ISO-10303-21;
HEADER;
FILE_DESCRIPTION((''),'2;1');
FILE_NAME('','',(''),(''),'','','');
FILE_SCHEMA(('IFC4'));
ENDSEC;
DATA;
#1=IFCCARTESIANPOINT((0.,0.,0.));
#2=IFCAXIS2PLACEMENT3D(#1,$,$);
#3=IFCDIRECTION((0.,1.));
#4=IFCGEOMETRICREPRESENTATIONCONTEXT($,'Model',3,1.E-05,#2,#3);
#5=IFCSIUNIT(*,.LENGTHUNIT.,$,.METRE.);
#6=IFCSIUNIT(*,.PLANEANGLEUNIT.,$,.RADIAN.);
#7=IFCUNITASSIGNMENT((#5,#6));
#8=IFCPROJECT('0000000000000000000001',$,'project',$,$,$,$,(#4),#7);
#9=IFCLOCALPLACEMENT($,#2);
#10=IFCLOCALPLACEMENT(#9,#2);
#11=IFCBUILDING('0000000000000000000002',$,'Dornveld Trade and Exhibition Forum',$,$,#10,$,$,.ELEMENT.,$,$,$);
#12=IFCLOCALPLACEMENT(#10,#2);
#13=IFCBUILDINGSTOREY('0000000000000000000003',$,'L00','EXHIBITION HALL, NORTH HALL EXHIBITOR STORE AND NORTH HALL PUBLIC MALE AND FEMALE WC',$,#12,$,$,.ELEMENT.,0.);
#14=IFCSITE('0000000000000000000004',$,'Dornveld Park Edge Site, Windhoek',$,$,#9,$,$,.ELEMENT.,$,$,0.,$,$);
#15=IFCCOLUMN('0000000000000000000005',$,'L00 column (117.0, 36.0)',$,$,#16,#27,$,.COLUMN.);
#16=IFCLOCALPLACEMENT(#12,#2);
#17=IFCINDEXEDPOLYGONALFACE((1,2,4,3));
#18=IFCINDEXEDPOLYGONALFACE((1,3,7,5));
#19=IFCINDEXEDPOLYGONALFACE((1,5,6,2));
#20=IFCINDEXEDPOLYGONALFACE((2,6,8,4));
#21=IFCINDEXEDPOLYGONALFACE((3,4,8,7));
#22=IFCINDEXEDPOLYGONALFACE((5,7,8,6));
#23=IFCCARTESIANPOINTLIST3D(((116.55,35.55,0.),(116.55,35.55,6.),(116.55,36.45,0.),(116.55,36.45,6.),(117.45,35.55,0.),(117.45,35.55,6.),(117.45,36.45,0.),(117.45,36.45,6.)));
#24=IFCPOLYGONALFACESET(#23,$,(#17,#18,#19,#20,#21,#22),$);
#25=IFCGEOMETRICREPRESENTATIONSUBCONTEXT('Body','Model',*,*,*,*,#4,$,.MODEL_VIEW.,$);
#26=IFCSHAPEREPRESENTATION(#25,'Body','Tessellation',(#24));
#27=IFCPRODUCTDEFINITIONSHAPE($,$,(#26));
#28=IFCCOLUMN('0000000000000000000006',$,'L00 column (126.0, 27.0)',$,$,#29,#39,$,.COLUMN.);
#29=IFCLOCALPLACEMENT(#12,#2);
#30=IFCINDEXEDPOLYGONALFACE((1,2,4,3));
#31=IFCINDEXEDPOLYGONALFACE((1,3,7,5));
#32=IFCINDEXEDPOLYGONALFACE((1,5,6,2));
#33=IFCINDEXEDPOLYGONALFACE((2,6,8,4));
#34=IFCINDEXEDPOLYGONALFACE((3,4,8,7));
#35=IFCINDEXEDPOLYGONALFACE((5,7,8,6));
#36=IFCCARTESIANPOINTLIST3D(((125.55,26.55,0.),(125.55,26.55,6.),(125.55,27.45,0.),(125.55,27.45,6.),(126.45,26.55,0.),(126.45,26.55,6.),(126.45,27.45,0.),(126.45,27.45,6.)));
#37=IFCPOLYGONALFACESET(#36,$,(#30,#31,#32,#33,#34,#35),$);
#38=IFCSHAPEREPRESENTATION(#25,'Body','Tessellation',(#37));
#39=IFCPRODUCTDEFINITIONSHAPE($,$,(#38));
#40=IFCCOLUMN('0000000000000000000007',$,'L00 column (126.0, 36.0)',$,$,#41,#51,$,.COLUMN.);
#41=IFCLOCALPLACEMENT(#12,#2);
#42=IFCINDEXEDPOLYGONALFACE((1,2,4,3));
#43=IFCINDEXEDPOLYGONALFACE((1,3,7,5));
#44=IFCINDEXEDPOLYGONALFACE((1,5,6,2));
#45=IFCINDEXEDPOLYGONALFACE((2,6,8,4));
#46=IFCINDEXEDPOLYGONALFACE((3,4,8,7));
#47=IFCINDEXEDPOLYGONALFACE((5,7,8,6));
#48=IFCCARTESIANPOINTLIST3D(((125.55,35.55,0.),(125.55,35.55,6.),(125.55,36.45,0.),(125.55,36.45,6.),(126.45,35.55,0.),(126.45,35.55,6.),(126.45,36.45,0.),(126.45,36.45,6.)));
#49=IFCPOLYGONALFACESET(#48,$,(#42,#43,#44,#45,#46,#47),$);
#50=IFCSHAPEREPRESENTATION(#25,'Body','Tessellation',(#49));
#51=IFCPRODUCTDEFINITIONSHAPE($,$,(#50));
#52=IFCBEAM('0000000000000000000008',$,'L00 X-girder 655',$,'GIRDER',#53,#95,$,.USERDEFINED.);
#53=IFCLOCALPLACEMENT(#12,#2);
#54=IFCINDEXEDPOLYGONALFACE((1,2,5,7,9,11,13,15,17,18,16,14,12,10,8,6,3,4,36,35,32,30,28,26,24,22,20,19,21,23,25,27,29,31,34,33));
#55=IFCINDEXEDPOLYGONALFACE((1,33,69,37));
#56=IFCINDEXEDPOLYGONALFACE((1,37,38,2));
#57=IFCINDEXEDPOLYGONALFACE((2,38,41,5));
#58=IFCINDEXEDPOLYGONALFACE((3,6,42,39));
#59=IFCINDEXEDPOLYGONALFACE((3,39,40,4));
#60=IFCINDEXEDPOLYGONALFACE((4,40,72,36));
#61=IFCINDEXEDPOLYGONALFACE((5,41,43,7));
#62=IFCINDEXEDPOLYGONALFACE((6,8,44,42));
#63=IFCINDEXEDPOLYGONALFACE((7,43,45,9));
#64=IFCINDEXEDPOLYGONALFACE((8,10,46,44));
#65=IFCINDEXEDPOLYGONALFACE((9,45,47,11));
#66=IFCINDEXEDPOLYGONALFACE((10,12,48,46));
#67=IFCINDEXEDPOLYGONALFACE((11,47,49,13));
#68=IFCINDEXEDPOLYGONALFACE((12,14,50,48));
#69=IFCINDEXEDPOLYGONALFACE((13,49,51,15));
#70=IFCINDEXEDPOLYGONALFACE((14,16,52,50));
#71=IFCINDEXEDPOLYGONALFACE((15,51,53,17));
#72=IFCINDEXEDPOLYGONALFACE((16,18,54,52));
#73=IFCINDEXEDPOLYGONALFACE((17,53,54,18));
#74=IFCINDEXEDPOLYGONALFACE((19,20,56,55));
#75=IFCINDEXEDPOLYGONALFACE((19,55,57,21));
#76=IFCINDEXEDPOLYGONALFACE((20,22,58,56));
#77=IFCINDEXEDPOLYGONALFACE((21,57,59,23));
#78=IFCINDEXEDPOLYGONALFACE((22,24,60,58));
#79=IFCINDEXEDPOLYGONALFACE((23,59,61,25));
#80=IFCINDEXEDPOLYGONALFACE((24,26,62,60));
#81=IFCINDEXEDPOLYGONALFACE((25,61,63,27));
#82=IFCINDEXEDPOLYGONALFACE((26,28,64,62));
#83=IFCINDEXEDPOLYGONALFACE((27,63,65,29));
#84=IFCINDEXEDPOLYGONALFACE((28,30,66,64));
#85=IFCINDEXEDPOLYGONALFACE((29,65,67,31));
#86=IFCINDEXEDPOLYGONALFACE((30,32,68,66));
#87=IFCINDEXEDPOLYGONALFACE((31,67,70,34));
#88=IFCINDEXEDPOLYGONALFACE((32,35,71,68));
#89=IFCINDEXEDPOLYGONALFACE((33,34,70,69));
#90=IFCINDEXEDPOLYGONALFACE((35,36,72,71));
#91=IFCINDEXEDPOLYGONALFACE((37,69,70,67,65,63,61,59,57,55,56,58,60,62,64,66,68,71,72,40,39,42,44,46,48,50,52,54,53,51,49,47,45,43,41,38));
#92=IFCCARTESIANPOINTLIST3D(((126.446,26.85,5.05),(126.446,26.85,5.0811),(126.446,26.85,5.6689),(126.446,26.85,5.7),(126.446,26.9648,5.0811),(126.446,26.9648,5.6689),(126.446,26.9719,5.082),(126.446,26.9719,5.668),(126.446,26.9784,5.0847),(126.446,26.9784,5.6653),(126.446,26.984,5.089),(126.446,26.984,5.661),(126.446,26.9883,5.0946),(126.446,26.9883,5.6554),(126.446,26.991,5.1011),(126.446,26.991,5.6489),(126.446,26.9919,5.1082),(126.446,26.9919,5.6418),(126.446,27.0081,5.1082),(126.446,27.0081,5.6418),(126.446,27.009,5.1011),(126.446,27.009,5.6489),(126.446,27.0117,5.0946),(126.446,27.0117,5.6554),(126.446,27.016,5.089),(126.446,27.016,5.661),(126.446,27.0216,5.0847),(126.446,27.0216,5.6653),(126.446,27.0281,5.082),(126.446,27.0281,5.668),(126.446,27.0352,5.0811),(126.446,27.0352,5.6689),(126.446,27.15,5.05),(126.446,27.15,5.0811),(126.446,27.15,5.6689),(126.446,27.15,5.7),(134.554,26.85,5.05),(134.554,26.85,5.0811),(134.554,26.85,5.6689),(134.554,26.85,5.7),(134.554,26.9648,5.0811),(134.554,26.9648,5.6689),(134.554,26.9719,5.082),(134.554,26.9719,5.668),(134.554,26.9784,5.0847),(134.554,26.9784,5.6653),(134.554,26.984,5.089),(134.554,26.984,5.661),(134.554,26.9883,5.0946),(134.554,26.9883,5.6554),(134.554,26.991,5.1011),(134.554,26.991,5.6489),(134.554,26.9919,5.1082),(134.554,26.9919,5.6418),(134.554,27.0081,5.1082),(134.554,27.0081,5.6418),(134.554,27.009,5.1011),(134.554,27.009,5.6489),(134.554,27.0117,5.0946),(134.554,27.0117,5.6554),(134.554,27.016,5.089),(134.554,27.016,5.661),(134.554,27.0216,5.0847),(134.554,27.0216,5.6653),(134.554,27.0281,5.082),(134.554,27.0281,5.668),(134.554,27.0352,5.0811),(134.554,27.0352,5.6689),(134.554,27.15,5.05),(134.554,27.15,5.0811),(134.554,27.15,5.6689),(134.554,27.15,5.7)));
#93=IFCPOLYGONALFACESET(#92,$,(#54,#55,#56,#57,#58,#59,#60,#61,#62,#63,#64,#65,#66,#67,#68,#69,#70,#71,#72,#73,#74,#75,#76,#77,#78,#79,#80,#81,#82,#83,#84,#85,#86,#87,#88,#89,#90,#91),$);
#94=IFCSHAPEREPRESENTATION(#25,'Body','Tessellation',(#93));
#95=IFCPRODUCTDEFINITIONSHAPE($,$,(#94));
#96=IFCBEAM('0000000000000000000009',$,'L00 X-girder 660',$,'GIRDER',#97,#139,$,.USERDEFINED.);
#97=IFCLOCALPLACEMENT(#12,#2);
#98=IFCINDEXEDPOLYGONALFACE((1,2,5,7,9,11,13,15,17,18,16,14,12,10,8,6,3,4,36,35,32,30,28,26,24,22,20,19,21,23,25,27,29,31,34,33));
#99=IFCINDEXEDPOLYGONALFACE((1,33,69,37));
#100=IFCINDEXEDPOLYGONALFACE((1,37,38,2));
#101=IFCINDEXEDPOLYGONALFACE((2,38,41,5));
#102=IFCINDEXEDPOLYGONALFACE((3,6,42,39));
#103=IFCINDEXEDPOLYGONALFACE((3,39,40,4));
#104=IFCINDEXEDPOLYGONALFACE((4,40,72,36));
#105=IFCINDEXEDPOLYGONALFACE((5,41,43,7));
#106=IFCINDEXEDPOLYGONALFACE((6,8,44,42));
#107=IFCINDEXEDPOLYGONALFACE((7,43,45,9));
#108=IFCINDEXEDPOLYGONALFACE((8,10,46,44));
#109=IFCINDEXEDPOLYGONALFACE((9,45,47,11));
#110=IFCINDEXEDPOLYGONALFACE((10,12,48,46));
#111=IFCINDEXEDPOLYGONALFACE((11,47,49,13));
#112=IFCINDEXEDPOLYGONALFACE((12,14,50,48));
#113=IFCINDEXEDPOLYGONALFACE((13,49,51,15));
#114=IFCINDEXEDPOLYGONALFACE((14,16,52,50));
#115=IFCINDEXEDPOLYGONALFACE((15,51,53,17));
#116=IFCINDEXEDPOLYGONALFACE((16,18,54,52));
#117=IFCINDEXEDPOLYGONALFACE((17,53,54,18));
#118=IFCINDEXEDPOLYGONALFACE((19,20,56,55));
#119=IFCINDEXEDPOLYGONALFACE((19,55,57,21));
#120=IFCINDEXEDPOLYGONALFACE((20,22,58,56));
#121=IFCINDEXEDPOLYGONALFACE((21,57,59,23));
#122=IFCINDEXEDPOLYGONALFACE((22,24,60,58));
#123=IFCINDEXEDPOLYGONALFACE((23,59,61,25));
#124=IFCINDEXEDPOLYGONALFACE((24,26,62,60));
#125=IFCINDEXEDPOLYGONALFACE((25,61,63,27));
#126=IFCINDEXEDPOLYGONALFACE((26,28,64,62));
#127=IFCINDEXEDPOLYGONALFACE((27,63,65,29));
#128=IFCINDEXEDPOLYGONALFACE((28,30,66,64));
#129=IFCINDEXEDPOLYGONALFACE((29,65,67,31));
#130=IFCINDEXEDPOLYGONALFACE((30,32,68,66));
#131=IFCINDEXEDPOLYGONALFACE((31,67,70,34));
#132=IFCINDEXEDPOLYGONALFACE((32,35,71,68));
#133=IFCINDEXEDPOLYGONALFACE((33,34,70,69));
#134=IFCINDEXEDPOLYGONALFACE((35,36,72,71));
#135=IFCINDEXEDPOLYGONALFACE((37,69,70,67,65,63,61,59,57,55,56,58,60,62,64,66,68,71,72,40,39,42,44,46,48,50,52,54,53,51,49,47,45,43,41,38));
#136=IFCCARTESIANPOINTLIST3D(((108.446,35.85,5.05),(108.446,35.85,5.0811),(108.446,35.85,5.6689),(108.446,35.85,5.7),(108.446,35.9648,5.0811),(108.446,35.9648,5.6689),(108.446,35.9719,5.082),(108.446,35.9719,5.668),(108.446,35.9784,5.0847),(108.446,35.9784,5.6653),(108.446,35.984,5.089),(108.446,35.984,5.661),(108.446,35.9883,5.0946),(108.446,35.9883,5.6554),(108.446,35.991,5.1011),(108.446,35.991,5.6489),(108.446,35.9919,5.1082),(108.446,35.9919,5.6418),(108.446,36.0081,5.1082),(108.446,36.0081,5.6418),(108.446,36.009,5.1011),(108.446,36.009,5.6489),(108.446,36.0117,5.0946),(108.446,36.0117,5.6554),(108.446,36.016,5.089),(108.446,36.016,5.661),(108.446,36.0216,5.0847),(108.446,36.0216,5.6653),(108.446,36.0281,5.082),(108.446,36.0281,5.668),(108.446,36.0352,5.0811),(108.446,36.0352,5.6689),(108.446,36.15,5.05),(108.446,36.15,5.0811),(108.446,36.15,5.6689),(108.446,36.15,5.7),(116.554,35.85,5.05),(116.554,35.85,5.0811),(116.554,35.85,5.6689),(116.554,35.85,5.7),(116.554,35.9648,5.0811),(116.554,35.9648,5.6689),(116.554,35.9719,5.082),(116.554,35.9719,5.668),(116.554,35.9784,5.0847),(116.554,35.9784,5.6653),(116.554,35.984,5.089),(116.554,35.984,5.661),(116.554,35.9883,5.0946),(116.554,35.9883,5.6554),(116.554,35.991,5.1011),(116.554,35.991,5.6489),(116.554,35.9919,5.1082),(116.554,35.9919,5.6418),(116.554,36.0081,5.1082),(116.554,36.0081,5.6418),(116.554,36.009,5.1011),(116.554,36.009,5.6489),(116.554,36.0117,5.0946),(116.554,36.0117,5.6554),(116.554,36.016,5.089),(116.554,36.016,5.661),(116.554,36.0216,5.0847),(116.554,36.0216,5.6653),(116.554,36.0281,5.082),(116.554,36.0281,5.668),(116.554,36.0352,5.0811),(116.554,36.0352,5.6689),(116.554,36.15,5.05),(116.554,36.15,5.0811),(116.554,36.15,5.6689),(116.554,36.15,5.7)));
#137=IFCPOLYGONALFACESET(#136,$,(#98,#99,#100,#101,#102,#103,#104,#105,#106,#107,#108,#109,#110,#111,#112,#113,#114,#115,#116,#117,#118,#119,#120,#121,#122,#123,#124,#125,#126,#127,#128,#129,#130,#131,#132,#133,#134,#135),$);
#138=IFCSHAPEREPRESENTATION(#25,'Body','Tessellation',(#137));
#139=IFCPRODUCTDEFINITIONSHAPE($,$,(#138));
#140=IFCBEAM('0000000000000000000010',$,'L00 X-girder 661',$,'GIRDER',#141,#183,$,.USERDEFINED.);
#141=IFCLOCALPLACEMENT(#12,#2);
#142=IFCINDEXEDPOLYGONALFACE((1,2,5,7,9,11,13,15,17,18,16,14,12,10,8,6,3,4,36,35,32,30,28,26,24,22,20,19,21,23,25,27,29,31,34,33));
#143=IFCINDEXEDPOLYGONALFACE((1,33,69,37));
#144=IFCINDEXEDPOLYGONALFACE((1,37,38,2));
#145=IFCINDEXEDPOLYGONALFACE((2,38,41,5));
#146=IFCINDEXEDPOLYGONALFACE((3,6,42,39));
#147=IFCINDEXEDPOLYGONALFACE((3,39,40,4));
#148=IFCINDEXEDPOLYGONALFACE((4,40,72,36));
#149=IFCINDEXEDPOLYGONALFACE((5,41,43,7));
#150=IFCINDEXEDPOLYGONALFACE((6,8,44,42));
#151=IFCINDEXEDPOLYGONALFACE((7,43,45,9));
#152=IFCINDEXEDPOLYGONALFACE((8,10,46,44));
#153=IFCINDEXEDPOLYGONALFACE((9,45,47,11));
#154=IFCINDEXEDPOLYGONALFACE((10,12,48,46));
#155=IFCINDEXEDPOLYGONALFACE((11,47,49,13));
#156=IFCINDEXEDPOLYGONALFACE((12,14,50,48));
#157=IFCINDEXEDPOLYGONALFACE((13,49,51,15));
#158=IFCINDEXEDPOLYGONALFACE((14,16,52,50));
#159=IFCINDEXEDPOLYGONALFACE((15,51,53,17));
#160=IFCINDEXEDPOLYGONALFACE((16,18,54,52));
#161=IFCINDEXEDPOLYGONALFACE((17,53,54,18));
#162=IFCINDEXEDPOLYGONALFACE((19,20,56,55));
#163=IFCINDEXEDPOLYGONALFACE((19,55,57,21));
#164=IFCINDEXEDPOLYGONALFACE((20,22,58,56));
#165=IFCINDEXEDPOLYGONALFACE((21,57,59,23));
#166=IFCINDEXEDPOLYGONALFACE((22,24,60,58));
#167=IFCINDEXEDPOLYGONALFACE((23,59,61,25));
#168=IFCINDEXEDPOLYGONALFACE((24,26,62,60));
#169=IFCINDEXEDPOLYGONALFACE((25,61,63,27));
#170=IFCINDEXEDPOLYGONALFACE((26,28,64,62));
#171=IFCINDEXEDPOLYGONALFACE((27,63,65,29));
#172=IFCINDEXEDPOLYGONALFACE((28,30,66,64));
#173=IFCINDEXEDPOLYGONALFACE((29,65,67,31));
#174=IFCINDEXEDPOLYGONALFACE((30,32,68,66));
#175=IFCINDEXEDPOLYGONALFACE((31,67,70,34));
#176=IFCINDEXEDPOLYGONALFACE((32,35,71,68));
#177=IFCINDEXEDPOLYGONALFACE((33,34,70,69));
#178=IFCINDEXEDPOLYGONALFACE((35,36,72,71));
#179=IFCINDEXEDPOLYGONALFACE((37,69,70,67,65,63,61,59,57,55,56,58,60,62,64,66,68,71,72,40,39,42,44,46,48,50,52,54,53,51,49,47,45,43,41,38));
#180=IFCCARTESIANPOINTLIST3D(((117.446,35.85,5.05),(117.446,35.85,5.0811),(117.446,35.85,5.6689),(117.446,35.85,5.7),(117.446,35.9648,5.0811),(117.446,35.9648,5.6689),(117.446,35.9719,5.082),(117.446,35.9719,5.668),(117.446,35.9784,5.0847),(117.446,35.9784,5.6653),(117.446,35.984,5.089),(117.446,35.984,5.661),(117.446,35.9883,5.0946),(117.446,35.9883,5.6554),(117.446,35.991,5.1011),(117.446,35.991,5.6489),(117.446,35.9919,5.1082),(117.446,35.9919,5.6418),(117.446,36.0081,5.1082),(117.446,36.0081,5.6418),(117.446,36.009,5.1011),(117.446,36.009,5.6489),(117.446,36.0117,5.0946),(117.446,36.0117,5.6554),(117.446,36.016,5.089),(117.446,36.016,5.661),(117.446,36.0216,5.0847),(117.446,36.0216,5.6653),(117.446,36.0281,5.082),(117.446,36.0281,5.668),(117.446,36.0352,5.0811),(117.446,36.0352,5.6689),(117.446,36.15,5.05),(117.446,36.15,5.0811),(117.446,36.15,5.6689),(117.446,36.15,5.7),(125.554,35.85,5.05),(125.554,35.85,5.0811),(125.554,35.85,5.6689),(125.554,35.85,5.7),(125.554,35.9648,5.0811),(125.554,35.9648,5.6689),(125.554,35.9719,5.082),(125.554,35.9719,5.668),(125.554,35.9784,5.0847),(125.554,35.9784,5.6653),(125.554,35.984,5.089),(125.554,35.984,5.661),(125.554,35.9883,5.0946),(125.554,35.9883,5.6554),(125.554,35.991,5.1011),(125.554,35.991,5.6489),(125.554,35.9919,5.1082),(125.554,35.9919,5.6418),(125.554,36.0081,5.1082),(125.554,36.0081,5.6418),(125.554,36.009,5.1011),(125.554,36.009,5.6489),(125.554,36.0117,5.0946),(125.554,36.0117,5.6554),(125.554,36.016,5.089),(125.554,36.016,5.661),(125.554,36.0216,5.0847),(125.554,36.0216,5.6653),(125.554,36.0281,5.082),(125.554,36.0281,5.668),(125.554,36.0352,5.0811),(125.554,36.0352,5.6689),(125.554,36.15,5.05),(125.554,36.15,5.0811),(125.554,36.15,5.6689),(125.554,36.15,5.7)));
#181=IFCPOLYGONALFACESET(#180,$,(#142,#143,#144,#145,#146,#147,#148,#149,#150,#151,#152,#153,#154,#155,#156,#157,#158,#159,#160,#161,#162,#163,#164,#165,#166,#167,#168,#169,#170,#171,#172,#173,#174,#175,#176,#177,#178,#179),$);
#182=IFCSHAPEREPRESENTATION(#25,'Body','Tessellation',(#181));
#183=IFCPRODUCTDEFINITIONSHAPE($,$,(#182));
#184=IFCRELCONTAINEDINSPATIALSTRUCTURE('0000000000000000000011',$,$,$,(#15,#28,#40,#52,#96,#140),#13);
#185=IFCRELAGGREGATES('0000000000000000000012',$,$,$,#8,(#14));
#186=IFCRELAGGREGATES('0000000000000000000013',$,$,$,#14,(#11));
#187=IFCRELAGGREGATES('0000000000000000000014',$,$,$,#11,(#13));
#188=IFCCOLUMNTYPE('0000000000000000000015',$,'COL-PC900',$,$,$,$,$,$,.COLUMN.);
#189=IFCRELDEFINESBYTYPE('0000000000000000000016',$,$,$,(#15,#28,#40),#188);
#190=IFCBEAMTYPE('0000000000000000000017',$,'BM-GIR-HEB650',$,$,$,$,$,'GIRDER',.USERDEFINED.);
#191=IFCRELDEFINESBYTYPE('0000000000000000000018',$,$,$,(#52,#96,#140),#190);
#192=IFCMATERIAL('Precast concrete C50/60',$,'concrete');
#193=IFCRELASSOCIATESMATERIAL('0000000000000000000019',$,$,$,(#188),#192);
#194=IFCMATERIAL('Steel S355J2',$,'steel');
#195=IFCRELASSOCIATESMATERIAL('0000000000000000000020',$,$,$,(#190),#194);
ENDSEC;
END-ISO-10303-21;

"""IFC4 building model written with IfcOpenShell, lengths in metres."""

from ifc_helpers import new_model, si_unit, direction, frame, origin, origin_2d, place, context, subcontext, project, spatial, rectangle, i_section, extrude, material, material_profile, profile_set, type_object, element, save


model = new_model("IFC4")

# Units and contexts
model_context = context("Model", 3, precision=1e-05, world=origin(), true_north=direction((0.0, 1.0)))
body_context = subcontext(model_context, "Body", "Model", "MODEL_VIEW")
ifc_project = project(units=[si_unit("LENGTHUNIT", "METRE"), si_unit("PLANEANGLEUNIT", "RADIAN")], contexts=[model_context])

# Site, building, storey
site_placement = place(None, origin())
site = spatial("IfcSite", under=ifc_project, at=site_placement, Name="Dornveld Park Edge Site, Windhoek", CompositionType="ELEMENT", RefElevation=0.0)
building_placement = place(site_placement, origin())
building = spatial("IfcBuilding", under=site, at=building_placement, Name="Dornveld Trade and Exhibition Forum", CompositionType="ELEMENT")
storey_placement = place(building_placement, origin())
storey = spatial("IfcBuildingStorey", under=building, at=storey_placement, Name="L00", Description="EXHIBITION HALL, NORTH HALL EXHIBITOR STORE AND NORTH HALL PUBLIC MALE AND FEMALE WC", CompositionType="ELEMENT", Elevation=0.0)

# Columns
ifc_material_1 = material(Name="Precast concrete C50/60", Category="concrete")
ifc_material_profile_1 = material_profile(ifc_material_1, rectangle(XDim=0.8999, YDim=0.8999, at=origin_2d()), Name="PC-COL 900x900")
ifc_profile_set_1 = profile_set([ifc_material_profile_1], Name="Precast concrete C50/60")
column_type = type_object("IfcColumnType", Name="COL-PC900", PredefinedType="COLUMN", material=ifc_profile_set_1)
for number, where, z_axis, x_axis, name in (
    (1, (117.0, 36.0, 0.0), (0.0, 0.0, 1.0), (1.0, 0.0, 0.0), "L00 column (117.0, 36.0)"),
    (2, (126.0, 27.0, 0.0), (0.0, 0.0, 1.0), (1.0, 0.0, 0.0), "L00 column (126.0, 27.0)"),
    (3, (126.0, 36.0, 0.0), (0.0, 0.0, 1.0), (1.0, 0.0, 0.0), "L00 column (126.0, 36.0)"),
):
    element("IfcColumn", number, at=place(storey_placement, frame(where, z_axis=z_axis, x_axis=x_axis)), inside=storey, type_object=column_type, Name=name, PredefinedType="COLUMN", context=body_context, shape_type="SweptSolid", body=[
        extrude(rectangle(XDim=0.8999, YDim=0.8999, at=origin_2d()), origin(), (0.0, 0.0, 1.0), 6.0),
    ])

# Beams
ifc_material_2 = material(Name="Steel S355J2", Category="steel")
ifc_material_profile_2 = material_profile(ifc_material_2, i_section(OverallWidth=0.3, OverallDepth=0.6499, WebThickness=0.0161, FlangeThickness=0.031, FilletRadius=0.0271, at=origin_2d()), Name="HEB 650")
ifc_profile_set_2 = profile_set([ifc_material_profile_2], Name="Steel S355J2")
beam_type_1 = type_object("IfcBeamType", Name="BM-GIR-HEB650", ElementType="GIRDER", PredefinedType="USERDEFINED", material=ifc_profile_set_2)
for number, where, z_axis, x_axis, name in (
    (4, (126.446, 27.0, 5.375), (1.0, 0.0, 0.0), (0.0, 1.0, 0.0), "L00 X-girder 655"),
    (5, (108.446, 36.0, 5.375), (1.0, 0.0, 0.0), (0.0, 1.0, 0.0), "L00 X-girder 660"),
    (6, (117.446, 36.0, 5.375), (1.0, 0.0, 0.0), (0.0, 1.0, 0.0), "L00 X-girder 661"),
):
    element("IfcBeam", number, at=place(storey_placement, frame(where, z_axis=z_axis, x_axis=x_axis)), inside=storey, type_object=beam_type_1, Name=name, ObjectType="GIRDER", PredefinedType="USERDEFINED", context=body_context, shape_type="SweptSolid", body=[
        extrude(i_section(OverallWidth=0.3, OverallDepth=0.6499, WebThickness=0.0161, FlangeThickness=0.031, FilletRadius=0.0271, at=origin_2d()), origin(), (0.0, 0.0, 1.0), 8.1079),
    ])

save(model, "model.ifc")
